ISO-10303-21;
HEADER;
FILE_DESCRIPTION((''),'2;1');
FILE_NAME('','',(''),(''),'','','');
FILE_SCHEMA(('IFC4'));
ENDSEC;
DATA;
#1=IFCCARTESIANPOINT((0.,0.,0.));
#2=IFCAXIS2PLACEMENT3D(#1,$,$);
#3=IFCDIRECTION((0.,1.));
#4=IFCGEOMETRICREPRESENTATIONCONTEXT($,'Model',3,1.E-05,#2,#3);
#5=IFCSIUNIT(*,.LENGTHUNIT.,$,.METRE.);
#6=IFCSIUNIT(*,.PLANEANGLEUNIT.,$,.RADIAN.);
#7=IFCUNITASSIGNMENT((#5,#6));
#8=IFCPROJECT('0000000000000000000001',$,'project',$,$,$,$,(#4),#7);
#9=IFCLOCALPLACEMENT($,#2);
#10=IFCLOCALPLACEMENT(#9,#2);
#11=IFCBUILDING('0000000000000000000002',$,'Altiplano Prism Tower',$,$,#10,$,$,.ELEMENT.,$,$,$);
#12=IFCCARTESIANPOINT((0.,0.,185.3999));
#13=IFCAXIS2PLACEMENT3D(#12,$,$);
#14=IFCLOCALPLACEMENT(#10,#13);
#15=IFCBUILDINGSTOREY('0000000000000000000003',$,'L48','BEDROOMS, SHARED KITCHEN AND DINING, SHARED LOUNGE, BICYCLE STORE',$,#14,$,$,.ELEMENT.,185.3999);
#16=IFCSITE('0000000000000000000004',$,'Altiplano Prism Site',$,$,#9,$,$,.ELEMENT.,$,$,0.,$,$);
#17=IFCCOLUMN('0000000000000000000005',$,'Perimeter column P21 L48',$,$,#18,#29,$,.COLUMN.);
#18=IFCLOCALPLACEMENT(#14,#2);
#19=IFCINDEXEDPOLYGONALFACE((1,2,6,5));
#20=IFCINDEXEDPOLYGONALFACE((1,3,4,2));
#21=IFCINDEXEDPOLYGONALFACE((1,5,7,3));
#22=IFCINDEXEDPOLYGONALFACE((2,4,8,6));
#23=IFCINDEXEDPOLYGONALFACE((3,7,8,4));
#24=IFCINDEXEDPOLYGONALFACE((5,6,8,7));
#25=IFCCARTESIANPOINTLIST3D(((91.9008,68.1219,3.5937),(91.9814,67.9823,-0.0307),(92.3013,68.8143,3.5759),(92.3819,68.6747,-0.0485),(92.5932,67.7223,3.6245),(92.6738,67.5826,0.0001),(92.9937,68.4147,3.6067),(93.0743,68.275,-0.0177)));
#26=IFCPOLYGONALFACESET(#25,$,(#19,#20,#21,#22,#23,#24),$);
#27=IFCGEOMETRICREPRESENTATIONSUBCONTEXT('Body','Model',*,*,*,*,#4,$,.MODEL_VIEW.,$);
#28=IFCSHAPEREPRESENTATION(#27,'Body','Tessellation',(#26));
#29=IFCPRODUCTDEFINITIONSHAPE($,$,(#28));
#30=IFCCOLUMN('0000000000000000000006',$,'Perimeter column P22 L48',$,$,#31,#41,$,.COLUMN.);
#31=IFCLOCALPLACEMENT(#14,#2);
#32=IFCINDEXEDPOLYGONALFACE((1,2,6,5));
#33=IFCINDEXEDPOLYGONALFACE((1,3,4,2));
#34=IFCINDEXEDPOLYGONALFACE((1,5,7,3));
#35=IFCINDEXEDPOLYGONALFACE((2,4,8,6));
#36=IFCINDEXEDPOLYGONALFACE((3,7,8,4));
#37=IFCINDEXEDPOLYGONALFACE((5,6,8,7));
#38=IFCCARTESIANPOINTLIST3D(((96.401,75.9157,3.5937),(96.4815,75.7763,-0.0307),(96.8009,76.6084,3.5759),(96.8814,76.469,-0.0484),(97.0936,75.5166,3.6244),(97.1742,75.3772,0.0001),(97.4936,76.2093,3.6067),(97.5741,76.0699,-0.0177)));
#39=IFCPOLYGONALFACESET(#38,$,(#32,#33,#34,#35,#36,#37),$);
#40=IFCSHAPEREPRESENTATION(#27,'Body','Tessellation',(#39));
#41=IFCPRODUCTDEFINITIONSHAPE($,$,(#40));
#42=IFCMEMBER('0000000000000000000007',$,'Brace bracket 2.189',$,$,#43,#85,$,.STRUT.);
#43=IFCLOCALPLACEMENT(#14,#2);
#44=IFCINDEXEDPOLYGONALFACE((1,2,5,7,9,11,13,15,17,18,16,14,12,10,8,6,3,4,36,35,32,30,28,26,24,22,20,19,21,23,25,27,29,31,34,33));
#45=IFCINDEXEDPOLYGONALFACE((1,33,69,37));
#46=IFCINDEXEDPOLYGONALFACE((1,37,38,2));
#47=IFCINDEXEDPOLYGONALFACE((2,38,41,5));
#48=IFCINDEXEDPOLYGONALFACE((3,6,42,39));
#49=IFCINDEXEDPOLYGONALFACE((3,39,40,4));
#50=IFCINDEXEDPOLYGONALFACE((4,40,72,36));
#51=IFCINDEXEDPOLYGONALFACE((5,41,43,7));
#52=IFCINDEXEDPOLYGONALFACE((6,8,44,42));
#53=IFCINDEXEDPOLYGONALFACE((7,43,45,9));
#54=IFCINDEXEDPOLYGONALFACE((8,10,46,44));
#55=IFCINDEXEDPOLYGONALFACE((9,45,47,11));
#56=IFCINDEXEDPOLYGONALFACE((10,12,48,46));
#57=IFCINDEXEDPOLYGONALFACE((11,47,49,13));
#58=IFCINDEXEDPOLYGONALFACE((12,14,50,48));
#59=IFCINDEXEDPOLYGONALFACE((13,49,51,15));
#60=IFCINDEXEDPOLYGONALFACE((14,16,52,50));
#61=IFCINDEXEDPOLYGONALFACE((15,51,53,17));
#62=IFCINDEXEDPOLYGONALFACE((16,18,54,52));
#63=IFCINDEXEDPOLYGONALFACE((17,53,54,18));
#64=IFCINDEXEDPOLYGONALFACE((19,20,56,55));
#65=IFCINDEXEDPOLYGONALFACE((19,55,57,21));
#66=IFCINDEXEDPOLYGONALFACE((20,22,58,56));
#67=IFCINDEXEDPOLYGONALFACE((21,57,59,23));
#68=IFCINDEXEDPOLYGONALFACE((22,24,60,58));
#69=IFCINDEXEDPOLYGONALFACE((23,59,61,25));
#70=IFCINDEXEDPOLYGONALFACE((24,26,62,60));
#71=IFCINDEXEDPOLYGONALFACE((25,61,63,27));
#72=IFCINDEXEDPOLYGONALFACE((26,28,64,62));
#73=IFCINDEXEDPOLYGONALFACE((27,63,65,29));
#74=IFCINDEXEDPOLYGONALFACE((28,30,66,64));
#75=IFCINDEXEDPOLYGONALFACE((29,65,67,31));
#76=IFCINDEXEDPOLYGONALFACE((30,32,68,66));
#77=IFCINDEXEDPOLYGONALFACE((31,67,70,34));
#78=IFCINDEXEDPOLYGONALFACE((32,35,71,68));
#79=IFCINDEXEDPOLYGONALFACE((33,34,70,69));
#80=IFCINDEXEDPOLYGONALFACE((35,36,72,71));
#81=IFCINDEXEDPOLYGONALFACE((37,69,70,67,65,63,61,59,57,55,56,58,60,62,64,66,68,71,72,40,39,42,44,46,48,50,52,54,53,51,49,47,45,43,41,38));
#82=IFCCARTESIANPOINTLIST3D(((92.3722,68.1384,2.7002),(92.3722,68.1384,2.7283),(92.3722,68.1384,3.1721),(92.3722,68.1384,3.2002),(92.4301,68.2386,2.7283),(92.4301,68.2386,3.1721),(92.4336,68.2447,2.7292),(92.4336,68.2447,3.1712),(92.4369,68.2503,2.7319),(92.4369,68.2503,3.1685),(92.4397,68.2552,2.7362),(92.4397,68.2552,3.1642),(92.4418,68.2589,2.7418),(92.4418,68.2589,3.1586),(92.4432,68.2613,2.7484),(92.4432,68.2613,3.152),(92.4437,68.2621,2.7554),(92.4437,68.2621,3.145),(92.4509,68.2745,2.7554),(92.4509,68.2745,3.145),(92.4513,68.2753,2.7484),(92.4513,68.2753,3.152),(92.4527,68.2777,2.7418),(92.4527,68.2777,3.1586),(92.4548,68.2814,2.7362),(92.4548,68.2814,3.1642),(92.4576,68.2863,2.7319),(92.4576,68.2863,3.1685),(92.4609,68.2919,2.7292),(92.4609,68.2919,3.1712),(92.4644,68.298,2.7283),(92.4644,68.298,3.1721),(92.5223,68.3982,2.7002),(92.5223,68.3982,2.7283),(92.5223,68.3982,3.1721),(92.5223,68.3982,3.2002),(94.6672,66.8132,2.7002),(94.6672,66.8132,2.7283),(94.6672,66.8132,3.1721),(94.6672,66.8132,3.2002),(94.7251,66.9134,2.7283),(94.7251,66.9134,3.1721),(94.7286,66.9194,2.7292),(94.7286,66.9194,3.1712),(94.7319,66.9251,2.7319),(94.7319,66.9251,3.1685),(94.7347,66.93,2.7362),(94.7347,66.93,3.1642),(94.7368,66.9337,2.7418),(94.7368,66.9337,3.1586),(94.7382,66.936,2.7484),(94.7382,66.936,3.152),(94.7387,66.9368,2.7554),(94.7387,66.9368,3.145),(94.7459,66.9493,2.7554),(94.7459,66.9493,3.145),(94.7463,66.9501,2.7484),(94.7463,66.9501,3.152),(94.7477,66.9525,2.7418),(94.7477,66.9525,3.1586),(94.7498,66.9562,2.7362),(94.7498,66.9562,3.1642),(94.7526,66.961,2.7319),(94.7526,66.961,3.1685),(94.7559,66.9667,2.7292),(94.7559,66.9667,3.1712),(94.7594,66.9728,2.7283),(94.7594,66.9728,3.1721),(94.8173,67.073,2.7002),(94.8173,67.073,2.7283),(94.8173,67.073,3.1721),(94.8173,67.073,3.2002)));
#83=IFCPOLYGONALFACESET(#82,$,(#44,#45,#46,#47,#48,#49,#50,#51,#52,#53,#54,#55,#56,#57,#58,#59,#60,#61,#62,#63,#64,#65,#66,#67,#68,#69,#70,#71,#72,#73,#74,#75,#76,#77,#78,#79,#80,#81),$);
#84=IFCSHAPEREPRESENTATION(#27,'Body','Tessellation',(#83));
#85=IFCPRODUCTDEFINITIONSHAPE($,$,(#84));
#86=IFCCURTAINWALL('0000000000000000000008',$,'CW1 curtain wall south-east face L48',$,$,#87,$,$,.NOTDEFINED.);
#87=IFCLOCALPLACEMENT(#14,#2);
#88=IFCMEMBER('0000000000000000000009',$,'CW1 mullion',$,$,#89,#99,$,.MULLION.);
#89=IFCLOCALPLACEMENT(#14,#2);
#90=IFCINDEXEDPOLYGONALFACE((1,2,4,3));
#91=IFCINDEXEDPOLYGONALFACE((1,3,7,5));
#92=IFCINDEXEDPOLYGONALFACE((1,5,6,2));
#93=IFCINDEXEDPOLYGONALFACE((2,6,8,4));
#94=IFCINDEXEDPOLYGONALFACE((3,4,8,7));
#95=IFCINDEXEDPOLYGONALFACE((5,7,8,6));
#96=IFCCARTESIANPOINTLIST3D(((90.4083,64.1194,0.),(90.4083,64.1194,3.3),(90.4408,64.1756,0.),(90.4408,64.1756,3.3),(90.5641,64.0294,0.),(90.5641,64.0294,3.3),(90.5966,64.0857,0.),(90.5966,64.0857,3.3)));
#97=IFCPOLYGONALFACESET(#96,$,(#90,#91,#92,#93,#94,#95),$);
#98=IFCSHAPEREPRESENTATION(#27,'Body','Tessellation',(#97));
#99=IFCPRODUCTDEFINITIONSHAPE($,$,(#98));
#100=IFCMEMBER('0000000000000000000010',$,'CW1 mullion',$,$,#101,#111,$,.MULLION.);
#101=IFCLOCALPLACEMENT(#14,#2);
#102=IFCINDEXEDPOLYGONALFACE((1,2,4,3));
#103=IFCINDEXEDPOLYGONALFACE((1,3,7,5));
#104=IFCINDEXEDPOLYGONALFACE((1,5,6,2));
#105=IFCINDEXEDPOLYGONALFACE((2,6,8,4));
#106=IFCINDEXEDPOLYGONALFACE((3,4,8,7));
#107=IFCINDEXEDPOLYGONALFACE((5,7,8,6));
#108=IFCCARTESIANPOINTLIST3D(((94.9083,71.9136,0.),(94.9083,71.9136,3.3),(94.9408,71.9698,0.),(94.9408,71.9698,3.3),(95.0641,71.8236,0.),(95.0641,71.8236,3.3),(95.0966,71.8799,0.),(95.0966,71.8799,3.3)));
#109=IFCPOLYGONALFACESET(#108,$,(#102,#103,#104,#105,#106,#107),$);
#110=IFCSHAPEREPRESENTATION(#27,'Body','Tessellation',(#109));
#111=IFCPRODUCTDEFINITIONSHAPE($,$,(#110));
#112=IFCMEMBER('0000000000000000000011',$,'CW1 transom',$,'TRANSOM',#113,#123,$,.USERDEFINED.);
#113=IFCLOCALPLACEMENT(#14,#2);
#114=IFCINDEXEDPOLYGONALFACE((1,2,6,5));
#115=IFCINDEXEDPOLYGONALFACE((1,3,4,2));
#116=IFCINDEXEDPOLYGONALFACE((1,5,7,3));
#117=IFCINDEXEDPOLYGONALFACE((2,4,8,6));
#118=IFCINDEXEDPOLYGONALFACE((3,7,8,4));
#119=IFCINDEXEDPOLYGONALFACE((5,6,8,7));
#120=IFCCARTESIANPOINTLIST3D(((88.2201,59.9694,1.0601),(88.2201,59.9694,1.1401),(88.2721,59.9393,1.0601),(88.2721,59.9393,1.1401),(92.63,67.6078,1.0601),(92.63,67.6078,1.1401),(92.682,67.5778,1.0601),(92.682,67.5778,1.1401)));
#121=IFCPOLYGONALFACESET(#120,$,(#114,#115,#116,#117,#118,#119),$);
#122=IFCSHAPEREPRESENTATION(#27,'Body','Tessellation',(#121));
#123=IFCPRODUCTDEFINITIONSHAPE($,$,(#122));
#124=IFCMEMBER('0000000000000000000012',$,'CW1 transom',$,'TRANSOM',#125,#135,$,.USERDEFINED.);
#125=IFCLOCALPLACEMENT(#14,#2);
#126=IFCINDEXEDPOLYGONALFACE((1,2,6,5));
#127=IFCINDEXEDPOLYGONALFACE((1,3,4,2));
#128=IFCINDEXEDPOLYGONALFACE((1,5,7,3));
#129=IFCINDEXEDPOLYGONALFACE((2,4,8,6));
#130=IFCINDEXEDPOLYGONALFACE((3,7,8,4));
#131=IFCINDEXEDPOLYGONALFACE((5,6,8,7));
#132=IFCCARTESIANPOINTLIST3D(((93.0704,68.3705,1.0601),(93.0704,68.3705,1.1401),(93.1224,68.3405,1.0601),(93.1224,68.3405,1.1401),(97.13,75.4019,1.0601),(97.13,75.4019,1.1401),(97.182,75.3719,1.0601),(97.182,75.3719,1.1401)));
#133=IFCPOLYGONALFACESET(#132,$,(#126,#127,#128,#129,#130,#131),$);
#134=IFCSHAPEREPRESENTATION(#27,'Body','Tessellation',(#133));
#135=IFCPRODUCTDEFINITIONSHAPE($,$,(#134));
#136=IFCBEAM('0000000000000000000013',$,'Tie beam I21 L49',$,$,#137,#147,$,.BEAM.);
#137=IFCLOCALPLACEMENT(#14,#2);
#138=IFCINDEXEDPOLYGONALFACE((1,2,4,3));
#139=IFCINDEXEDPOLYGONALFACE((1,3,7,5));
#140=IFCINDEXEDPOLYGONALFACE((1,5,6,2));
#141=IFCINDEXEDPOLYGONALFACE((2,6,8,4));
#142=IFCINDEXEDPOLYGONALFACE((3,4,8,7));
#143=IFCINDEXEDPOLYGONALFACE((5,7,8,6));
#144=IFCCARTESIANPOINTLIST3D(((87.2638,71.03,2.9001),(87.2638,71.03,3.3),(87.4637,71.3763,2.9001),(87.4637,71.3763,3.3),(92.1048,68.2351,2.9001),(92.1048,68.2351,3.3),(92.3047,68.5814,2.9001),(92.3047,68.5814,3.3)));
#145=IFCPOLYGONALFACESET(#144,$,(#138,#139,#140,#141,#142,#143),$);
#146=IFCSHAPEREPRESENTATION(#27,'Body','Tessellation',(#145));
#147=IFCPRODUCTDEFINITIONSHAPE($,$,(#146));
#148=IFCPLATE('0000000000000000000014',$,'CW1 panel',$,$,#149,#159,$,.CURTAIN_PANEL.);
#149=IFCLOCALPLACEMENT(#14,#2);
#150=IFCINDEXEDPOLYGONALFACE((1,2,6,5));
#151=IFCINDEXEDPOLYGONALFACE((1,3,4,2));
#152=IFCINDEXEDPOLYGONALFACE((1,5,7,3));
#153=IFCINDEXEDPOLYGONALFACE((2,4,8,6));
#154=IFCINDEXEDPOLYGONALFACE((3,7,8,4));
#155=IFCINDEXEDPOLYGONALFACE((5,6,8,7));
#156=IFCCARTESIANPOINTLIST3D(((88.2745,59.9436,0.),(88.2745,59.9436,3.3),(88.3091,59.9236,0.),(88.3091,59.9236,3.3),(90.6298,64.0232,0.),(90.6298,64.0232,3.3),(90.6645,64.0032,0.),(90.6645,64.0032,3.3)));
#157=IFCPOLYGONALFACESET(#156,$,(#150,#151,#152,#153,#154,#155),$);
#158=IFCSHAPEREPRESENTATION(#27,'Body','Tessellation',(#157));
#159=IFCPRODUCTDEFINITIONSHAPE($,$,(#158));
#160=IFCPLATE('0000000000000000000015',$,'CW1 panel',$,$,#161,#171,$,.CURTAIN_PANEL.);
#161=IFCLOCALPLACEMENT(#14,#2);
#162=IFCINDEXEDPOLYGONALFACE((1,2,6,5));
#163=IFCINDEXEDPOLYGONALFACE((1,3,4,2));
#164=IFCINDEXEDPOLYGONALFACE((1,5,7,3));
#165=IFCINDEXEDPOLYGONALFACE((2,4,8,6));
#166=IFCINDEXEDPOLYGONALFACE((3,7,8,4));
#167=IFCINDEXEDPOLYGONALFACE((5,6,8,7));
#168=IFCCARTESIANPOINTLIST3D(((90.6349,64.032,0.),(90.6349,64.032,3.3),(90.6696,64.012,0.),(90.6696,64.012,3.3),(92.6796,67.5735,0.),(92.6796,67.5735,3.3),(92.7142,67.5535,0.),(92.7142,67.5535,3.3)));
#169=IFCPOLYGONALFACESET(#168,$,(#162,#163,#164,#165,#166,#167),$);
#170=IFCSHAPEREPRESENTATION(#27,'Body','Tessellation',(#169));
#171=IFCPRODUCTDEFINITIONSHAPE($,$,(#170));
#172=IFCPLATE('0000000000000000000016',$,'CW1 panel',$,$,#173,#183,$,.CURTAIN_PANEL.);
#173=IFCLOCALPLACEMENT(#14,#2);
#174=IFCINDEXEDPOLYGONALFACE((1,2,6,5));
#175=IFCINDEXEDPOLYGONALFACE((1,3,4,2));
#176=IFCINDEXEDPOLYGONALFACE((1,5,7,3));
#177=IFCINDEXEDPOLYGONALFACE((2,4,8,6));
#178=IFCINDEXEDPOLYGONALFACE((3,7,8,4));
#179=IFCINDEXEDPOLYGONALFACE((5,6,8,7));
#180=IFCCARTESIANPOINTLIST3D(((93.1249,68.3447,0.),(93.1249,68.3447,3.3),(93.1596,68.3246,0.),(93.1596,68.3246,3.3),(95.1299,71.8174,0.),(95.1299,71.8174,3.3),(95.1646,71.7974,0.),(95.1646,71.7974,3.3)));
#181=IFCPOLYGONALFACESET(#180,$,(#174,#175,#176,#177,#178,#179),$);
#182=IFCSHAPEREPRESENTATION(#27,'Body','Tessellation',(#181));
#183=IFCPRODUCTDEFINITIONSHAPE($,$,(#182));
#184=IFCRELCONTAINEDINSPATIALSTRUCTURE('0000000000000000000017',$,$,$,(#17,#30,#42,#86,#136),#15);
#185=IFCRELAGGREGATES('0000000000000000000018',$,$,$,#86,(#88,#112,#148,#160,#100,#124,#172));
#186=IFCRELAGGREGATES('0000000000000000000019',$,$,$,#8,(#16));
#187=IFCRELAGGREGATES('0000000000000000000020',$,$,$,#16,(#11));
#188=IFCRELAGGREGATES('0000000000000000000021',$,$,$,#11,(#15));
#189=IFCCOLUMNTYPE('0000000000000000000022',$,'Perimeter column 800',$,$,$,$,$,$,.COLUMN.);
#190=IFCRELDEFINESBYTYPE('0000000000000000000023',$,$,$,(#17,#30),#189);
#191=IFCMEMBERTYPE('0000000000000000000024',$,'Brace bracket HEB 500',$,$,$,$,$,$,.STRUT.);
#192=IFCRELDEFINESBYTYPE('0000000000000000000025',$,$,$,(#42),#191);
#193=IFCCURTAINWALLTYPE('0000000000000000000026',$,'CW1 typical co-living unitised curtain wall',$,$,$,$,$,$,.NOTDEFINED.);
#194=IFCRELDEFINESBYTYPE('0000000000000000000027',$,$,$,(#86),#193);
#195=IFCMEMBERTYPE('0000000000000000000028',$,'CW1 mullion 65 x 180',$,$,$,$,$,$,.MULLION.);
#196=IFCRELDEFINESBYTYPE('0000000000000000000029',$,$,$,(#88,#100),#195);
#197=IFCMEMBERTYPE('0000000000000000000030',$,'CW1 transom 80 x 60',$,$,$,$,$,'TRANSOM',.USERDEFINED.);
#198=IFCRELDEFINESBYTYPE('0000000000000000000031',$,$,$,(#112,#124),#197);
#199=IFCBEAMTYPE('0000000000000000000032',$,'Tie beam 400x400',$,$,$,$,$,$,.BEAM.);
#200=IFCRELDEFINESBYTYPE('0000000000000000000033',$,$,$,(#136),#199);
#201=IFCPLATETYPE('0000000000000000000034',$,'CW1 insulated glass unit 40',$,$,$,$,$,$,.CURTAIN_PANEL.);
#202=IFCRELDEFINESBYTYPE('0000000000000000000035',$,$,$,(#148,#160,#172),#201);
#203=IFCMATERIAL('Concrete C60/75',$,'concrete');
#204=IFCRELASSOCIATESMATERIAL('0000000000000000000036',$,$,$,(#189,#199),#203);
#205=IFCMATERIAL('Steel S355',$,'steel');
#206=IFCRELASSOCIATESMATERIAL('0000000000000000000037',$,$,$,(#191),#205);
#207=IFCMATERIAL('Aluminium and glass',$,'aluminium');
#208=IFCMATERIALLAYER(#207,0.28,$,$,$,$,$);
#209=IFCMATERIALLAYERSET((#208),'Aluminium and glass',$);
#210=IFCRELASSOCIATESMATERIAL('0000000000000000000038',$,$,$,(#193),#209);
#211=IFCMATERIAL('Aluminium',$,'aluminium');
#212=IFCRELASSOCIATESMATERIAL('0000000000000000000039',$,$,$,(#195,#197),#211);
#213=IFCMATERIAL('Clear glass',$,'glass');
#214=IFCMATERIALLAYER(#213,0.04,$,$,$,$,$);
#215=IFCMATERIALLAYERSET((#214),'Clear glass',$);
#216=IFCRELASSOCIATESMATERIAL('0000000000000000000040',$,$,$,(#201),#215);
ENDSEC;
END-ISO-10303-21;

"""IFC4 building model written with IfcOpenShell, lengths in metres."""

from ifc_helpers import new_model, si_unit, direction, frame, origin, origin_2d, place, context, subcontext, project, spatial, rectangle, i_section, extrude, material, layer, layer_set, material_profile, profile_set, type_object, element, aggregate, save


model = new_model("IFC4")

# Units and contexts
model_context = context("Model", 3, precision=1e-05, world=origin(), true_north=direction((0.0, 1.0)))
body_context = subcontext(model_context, "Body", "Model", "MODEL_VIEW")
ifc_project = project(units=[si_unit("LENGTHUNIT", "METRE"), si_unit("PLANEANGLEUNIT", "RADIAN")], contexts=[model_context])

# Site, building, storey
site_placement = place(None, origin())
site = spatial("IfcSite", under=ifc_project, at=site_placement, Name="Altiplano Prism Site", CompositionType="ELEMENT", RefElevation=0.0)
building_placement = place(site_placement, origin())
building = spatial("IfcBuilding", under=site, at=building_placement, Name="Altiplano Prism Tower", CompositionType="ELEMENT")
storey_placement = place(building_placement, frame((0.0, 0.0, 185.3999)))
storey = spatial("IfcBuildingStorey", under=building, at=storey_placement, Name="L48", Description="BEDROOMS, SHARED KITCHEN AND DINING, SHARED LOUNGE, BICYCLE STORE", CompositionType="ELEMENT", Elevation=185.3999)

# Columns
ifc_material_1 = material(Name="Concrete C60/75", Category="concrete")
ifc_material_profile_1 = material_profile(ifc_material_1, rectangle(XDim=0.8, YDim=0.8, at=origin_2d()), Name="Perimeter column 800")
ifc_profile_set_1 = profile_set([ifc_material_profile_1], Name="Concrete C60/75")
column_type = type_object("IfcColumnType", Name="Perimeter column 800", PredefinedType="COLUMN", material=ifc_profile_set_1)
for number, where, z_axis, x_axis, name in (
    (1, (92.5278, 68.1287, -0.0242), (-0.022208, 0.038493, 0.999012), (-0.500531, -0.865433, 0.02222), "Perimeter column P21 L48"),
    (2, (97.0278, 75.9231, -0.0242), (-0.022208, 0.038426, 0.999015), (-0.499874, -0.865814, 0.022191), "Perimeter column P22 L48"),
):
    element("IfcColumn", number, at=place(storey_placement, frame(where, z_axis=z_axis, x_axis=x_axis)), inside=storey, type_object=column_type, Name=name, PredefinedType="COLUMN", context=body_context, shape_type="SweptSolid", body=[
        extrude(rectangle(XDim=0.8, YDim=0.8, at=origin_2d()), origin(), (0.0, 0.0, 1.0), 3.6279),
    ])

# Member
ifc_material_2 = material(Name="Steel S355", Category="steel")
ifc_material_profile_2 = material_profile(ifc_material_2, i_section(OverallWidth=0.3, OverallDepth=0.5, WebThickness=0.0144, FlangeThickness=0.0281, FilletRadius=0.0271, at=origin_2d()), Name="Brace bracket HEB 500")
ifc_profile_set_2 = profile_set([ifc_material_profile_2], Name="Steel S355")
member_type_1 = type_object("IfcMemberType", Name="Brace bracket HEB 500", PredefinedType="STRUT", material=ifc_profile_set_2)
member_1_placement = place(storey_placement, frame((92.4473, 68.2683, 2.9502), z_axis=(0.865989, -0.500063, 0.0), x_axis=(0.500063, 0.865989, 0.0)))
element("IfcMember", 3, at=member_1_placement, inside=storey, type_object=member_type_1, Name="Brace bracket 2.189", PredefinedType="STRUT", context=body_context, shape_type="SweptSolid", body=[
    extrude(i_section(OverallWidth=0.3, OverallDepth=0.5, WebThickness=0.0144, FlangeThickness=0.0281, FilletRadius=0.0271, at=origin_2d()), origin(), (0.0, 0.0, 1.0), 2.6501),
])

# Curtain wall, members
ifc_material_3 = material(Name="Aluminium and glass", Category="aluminium")
ifc_layer_1 = layer(ifc_material_3, 0.28)
ifc_layer_set_1 = layer_set([ifc_layer_1], Name="Aluminium and glass")
curtain_wall_type = type_object("IfcCurtainWallType", Name="CW1 typical co-living unitised curtain wall", PredefinedType="NOTDEFINED", material=ifc_layer_set_1)
curtain_wall_placement = place(storey_placement, origin())
curtain_wall = element("IfcCurtainWall", 4, at=curtain_wall_placement, inside=storey, type_object=curtain_wall_type, Name="CW1 curtain wall south-east face L48", PredefinedType="NOTDEFINED")
ifc_material_4 = material(Name="Aluminium", Category="aluminium")
ifc_material_profile_3 = material_profile(ifc_material_4, rectangle(XDim=0.1799, YDim=0.0649, at=origin_2d()), Name="CW1 mullion 65 x 180")
ifc_profile_set_3 = profile_set([ifc_material_profile_3], Name="Aluminium")
member_type_2 = type_object("IfcMemberType", Name="CW1 mullion 65 x 180", PredefinedType="MULLION", material=ifc_profile_set_3)
member_2_placement = place(storey_placement, frame((90.5024, 64.1025, 0.0), z_axis=(0.0, 0.0, 1.0), x_axis=(-0.866025, 0.5, 0.0)))
member_2 = element("IfcMember", 5, at=member_2_placement, type_object=member_type_2, Name="CW1 mullion", PredefinedType="MULLION", context=body_context, shape_type="SweptSolid", body=[
    extrude(rectangle(XDim=0.1799, YDim=0.0649, at=origin_2d()), origin(), (0.0, 0.0, 1.0), 3.3),
])
member_3_placement = place(storey_placement, frame((95.0024, 71.8967, 0.0), z_axis=(0.0, 0.0, 1.0), x_axis=(-0.866025, 0.5, 0.0)))
member_3 = element("IfcMember", 6, at=member_3_placement, type_object=member_type_2, Name="CW1 mullion", PredefinedType="MULLION", context=body_context, shape_type="SweptSolid", body=[
    extrude(rectangle(XDim=0.1799, YDim=0.0649, at=origin_2d()), origin(), (0.0, 0.0, 1.0), 3.3),
])
ifc_material_profile_4 = material_profile(ifc_material_4, rectangle(XDim=0.0601, YDim=0.0801, at=origin_2d()), Name="CW1 transom 80 x 60")
ifc_profile_set_4 = profile_set([ifc_material_profile_4], Name="Aluminium")
member_type_3 = type_object("IfcMemberType", Name="CW1 transom 80 x 60", ElementType="TRANSOM", PredefinedType="USERDEFINED", material=ifc_profile_set_4)
member_4_placement = place(storey_placement, frame((88.2461, 59.9543, 1.1001), z_axis=(0.499988, 0.866032, 0.0), x_axis=(-0.866032, 0.499988, 0.0)))
member_4 = element("IfcMember", 7, at=member_4_placement, type_object=member_type_3, Name="CW1 transom", ObjectType="TRANSOM", PredefinedType="USERDEFINED", context=body_context, shape_type="SweptSolid", body=[
    extrude(rectangle(XDim=0.0601, YDim=0.0801, at=origin_2d()), origin(), (0.0, 0.0, 1.0), 8.8201),
])
member_5_placement = place(storey_placement, frame((93.0964, 68.3555, 1.1001), z_axis=(0.499994, 0.866029, 0.0), x_axis=(-0.866029, 0.499994, 0.0)))
member_5 = element("IfcMember", 8, at=member_5_placement, type_object=member_type_3, Name="CW1 transom", ObjectType="TRANSOM", PredefinedType="USERDEFINED", context=body_context, shape_type="SweptSolid", body=[
    extrude(rectangle(XDim=0.0601, YDim=0.0801, at=origin_2d()), origin(), (0.0, 0.0, 1.0), 8.1191),
])

# Beam
ifc_material_profile_5 = material_profile(ifc_material_1, rectangle(XDim=0.3999, YDim=0.3999, at=origin_2d()), Name="Tie beam 400x400")
ifc_profile_set_5 = profile_set([ifc_material_profile_5], Name="Concrete C60/75")
beam_type = type_object("IfcBeamType", Name="Tie beam 400x400", PredefinedType="BEAM", material=ifc_profile_set_5)
beam_placement = place(storey_placement, frame((87.3638, 71.2031, 3.1001), z_axis=(0.866031, -0.499991, 0.0), x_axis=(0.499991, 0.866031, 0.0)))
element("IfcBeam", 9, at=beam_placement, inside=storey, type_object=beam_type, Name="Tie beam I21 L49", PredefinedType="BEAM", context=body_context, shape_type="SweptSolid", body=[
    extrude(rectangle(XDim=0.3999, YDim=0.3999, at=origin_2d()), origin(), (0.0, 0.0, 1.0), 5.5898),
])

# Plates
ifc_material_5 = material(Name="Clear glass", Category="glass")
ifc_layer_2 = layer(ifc_material_5, 0.04)
ifc_layer_set_2 = layer_set([ifc_layer_2], Name="Clear glass")
plate_type = type_object("IfcPlateType", Name="CW1 insulated glass unit 40", PredefinedType="CURTAIN_PANEL", material=ifc_layer_set_2)
plate_1_placement = place(storey_placement, frame((89.4695, 61.9734, 0.0), z_axis=(0.0, 0.0, 1.0), x_axis=(0.5, 0.866025, 0.0)))
plate_1 = element("IfcPlate", 10, at=plate_1_placement, type_object=plate_type, Name="CW1 panel", PredefinedType="CURTAIN_PANEL", context=body_context, shape_type="SweptSolid", body=[
    extrude(rectangle(XDim=4.7107, YDim=0.04, at=origin_2d()), origin(), (0.0, 0.0, 1.0), 3.3),
])
plate_2_placement = place(storey_placement, frame((91.6746, 65.7927, 0.0), z_axis=(0.0, 0.0, 1.0), x_axis=(0.5, 0.866025, 0.0)))
plate_2 = element("IfcPlate", 11, at=plate_2_placement, type_object=plate_type, Name="CW1 panel", PredefinedType="CURTAIN_PANEL", context=body_context, shape_type="SweptSolid", body=[
    extrude(rectangle(XDim=4.0894, YDim=0.04, at=origin_2d()), origin(), (0.0, 0.0, 1.0), 3.3),
])
plate_3_placement = place(storey_placement, frame((94.1448, 70.071, 0.0), z_axis=(0.0, 0.0, 1.0), x_axis=(0.5, 0.866025, 0.0)))
plate_3 = element("IfcPlate", 12, at=plate_3_placement, type_object=plate_type, Name="CW1 panel", PredefinedType="CURTAIN_PANEL", context=body_context, shape_type="SweptSolid", body=[
    extrude(rectangle(XDim=4.01, YDim=0.04, at=origin_2d()), origin(), (0.0, 0.0, 1.0), 3.3),
])
aggregate(curtain_wall, [member_2, member_4, plate_1, plate_2, member_3, member_5, plate_3])

save(model, "model.ifc")
